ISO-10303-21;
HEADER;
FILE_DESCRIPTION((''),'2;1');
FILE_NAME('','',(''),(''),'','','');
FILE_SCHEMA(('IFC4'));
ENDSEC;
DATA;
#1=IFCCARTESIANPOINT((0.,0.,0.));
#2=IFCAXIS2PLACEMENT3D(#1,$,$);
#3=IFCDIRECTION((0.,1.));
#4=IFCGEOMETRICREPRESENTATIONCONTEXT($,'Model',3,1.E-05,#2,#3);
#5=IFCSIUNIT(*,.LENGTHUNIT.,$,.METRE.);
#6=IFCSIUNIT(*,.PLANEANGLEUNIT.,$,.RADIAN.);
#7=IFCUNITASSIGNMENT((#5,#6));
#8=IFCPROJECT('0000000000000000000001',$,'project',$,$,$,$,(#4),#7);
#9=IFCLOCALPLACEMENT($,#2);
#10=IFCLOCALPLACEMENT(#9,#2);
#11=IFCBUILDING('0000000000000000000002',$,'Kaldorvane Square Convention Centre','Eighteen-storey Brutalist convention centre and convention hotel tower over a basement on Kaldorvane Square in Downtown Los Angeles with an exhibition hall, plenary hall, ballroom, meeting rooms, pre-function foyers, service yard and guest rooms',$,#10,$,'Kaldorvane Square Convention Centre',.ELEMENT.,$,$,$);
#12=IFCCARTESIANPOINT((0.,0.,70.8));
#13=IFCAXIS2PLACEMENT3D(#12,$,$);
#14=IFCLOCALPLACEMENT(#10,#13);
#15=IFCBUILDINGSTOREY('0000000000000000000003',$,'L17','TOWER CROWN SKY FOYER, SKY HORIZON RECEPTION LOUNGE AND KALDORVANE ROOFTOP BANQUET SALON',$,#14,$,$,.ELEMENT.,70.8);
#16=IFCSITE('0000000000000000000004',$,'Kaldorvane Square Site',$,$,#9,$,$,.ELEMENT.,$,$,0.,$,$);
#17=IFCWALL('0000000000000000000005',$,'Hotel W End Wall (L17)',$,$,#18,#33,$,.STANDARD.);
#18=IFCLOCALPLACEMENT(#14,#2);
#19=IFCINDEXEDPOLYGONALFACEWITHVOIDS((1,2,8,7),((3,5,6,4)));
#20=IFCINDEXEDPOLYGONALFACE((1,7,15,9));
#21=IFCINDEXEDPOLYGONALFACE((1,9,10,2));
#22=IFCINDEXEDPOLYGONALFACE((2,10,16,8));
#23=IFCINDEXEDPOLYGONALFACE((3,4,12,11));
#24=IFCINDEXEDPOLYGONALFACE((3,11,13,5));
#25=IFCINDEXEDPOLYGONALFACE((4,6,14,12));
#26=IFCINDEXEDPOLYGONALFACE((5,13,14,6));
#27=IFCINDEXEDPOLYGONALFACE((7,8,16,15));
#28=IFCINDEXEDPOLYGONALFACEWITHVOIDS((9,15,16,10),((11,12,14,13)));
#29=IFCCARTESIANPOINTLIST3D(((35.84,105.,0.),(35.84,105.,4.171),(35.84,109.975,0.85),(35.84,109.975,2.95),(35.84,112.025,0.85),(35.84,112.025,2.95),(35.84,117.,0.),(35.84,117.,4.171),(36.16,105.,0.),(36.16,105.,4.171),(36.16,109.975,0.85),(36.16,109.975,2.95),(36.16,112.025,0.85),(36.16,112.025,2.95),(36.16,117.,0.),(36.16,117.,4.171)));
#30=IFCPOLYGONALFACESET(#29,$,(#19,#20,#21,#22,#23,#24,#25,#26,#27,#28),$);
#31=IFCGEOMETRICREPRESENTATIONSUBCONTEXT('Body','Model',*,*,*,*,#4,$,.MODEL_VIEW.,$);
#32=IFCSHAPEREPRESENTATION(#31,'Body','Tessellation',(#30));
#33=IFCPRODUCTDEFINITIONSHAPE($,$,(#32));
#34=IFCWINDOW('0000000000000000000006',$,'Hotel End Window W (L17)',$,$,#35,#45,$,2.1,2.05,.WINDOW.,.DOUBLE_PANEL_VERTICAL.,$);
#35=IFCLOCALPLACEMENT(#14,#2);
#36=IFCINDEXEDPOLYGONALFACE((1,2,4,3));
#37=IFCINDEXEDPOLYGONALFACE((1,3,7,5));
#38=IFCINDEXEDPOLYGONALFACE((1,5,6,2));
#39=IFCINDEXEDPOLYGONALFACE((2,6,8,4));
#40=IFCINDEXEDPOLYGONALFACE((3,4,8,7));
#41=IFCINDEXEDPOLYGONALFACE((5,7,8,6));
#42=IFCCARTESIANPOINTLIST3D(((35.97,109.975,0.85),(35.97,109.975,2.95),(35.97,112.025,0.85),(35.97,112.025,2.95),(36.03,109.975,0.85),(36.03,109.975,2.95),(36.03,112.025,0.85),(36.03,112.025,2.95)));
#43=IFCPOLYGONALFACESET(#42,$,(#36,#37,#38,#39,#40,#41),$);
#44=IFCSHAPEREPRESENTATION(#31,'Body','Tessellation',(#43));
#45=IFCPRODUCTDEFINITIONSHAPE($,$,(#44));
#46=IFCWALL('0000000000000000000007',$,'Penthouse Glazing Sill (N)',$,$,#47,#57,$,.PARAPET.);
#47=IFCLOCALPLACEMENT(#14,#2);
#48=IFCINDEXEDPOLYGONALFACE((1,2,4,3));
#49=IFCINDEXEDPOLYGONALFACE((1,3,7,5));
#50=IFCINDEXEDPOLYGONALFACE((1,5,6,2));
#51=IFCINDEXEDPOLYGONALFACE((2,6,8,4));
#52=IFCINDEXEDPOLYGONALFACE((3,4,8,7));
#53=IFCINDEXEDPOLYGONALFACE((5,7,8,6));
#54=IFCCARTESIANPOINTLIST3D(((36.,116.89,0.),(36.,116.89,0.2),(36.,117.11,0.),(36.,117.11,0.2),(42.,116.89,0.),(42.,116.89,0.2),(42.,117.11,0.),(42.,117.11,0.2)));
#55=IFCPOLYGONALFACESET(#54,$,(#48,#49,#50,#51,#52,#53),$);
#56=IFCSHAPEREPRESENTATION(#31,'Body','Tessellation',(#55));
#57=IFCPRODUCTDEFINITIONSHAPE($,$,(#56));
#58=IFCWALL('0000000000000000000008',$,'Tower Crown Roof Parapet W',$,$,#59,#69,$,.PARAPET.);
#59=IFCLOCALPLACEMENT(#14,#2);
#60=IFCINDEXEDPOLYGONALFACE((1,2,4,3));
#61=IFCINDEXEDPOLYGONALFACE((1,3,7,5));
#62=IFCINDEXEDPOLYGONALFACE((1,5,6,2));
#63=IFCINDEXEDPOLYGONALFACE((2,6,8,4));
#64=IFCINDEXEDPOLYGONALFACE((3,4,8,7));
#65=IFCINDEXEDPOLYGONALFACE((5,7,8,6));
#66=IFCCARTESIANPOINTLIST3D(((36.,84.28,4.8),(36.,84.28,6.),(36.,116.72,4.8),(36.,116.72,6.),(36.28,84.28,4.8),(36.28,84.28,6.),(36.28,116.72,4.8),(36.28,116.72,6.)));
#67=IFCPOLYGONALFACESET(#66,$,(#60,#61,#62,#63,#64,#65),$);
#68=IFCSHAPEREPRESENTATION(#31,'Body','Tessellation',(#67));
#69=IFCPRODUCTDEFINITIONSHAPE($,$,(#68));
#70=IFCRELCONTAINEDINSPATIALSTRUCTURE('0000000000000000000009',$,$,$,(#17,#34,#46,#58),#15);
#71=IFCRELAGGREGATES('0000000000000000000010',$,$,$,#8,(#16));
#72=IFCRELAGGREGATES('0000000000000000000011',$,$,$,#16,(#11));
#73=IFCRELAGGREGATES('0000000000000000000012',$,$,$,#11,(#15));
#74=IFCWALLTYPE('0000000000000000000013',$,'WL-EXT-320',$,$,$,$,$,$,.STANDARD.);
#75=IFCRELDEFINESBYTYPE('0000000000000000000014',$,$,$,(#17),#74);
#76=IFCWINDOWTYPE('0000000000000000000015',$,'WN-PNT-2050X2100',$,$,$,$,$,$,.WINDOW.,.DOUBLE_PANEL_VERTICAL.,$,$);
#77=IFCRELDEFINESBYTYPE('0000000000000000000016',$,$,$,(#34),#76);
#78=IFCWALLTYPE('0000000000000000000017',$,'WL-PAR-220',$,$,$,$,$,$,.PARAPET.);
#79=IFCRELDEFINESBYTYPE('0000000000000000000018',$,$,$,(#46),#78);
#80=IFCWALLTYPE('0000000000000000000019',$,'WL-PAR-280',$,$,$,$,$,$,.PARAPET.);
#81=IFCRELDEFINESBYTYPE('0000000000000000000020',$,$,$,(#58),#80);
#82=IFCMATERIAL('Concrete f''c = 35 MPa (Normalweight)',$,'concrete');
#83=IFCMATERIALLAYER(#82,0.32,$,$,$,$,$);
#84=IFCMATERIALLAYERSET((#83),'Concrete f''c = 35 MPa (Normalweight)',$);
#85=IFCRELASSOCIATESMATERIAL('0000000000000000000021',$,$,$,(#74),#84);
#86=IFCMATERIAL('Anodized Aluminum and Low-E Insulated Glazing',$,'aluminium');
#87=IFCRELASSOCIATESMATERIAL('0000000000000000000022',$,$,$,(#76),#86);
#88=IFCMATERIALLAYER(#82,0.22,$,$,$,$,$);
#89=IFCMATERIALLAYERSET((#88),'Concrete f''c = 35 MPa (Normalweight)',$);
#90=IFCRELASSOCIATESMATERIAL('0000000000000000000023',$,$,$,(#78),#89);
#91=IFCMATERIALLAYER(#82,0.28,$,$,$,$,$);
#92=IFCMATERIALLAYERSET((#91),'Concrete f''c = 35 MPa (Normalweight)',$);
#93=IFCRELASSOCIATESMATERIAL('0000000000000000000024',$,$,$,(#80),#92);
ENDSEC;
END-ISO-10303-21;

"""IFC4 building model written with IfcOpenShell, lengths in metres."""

from ifc_helpers import new_model, si_unit, direction, frame, frame_2d, origin, place, context, subcontext, project, spatial, rectangle, extrude, material, layer, layer_set, type_object, element, fill, save


model = new_model("IFC4")

# Units and contexts
model_context = context("Model", 3, precision=1e-05, world=origin(), true_north=direction((0.0, 1.0)))
body_context = subcontext(model_context, "Body", "Model", "MODEL_VIEW")
ifc_project = project(units=[si_unit("LENGTHUNIT", "METRE"), si_unit("PLANEANGLEUNIT", "RADIAN")], contexts=[model_context])

# Site, building, storey
site_placement = place(None, origin())
site = spatial("IfcSite", under=ifc_project, at=site_placement, Name="Kaldorvane Square Site", CompositionType="ELEMENT", RefElevation=0.0)
building_placement = place(site_placement, origin())
building = spatial("IfcBuilding", under=site, at=building_placement, Name="Kaldorvane Square Convention Centre", Description="Eighteen-storey Brutalist convention centre and convention hotel tower over a basement on Kaldorvane Square in Downtown Los Angeles with an exhibition hall, plenary hall, ballroom, meeting rooms, pre-function foyers, service yard and guest rooms", LongName="Kaldorvane Square Convention Centre", CompositionType="ELEMENT")
storey_placement = place(building_placement, frame((0.0, 0.0, 70.8)))
storey = spatial("IfcBuildingStorey", under=building, at=storey_placement, Name="L17", Description="TOWER CROWN SKY FOYER, SKY HORIZON RECEPTION LOUNGE AND KALDORVANE ROOFTOP BANQUET SALON", CompositionType="ELEMENT", Elevation=70.8)

# Shared definitions
ifc_material_1 = material(Name="Anodized Aluminum and Low-E Insulated Glazing", Category="aluminium")

# Shared definitions
ifc_material_2 = material(Name="Concrete f'c = 35 MPa (Normalweight)", Category="concrete")
ifc_layer_1 = layer(ifc_material_2, 0.32)
ifc_layer_set_1 = layer_set([ifc_layer_1], Name="Concrete f'c = 35 MPa (Normalweight)")
wall_type_1 = type_object("IfcWallType", Name="WL-EXT-320", PredefinedType="STANDARD", material=ifc_layer_set_1)

# Wall, opening, window
wall_1_placement = place(storey_placement, frame((36.0, 117.0, 0.0), z_axis=(0.0, 0.0, 1.0), x_axis=(0.0, -1.0, 0.0)))
wall_1 = element("IfcWall", 1, at=wall_1_placement, inside=storey, type_object=wall_type_1, Name="Hotel W End Wall (L17)", PredefinedType="STANDARD", context=body_context, shape_type="SweptSolid", body=[
    extrude(rectangle(XDim=12.0, YDim=0.32, at=frame_2d((6.0, 0.0))), origin(), (0.0, 0.0, 1.0), 4.171),
])
opening_1_placement = place(wall_1_placement, frame((4.975, 0.0, 0.85)))
opening_1 = element("IfcOpeningElement", 2, at=opening_1_placement, cuts=wall_1, PredefinedType="OPENING", context=body_context, shape_type="SweptSolid", body=[
    extrude(rectangle(XDim=2.05, YDim=2.1, at=frame_2d((1.025, 1.05))), frame((0.0, 0.175, 0.0), z_axis=(0.0, -1.0, 0.0), x_axis=(1.0, 0.0, 0.0)), (0.0, 0.0, 1.0), 0.35),
])
window_type_1 = type_object("IfcWindowType", Name="WN-PNT-2050X2100", PartitioningType="DOUBLE_PANEL_VERTICAL", PredefinedType="WINDOW", material=ifc_material_1)
window_1_placement = place(opening_1_placement, origin())
window_1 = element("IfcWindow", 3, at=window_1_placement, inside=storey, type_object=window_type_1, Name="Hotel End Window W (L17)", OverallHeight=2.1, OverallWidth=2.05, PartitioningType="DOUBLE_PANEL_VERTICAL", PredefinedType="WINDOW", context=body_context, shape_type="SweptSolid", body=[
    extrude(rectangle(XDim=2.05, YDim=2.1, at=frame_2d((1.025, 1.05))), frame((0.0, 0.03, 0.0), z_axis=(0.0, -1.0, 0.0), x_axis=(1.0, 0.0, 0.0)), (0.0, 0.0, 1.0), 0.06),
])
fill(opening_1, window_1)

# Walls
ifc_layer_2 = layer(ifc_material_2, 0.22)
ifc_layer_set_2 = layer_set([ifc_layer_2], Name="Concrete f'c = 35 MPa (Normalweight)")
wall_type_2 = type_object("IfcWallType", Name="WL-PAR-220", PredefinedType="PARAPET", material=ifc_layer_set_2)
wall_2_placement = place(storey_placement, frame((42.0, 117.0, 0.0), z_axis=(0.0, 0.0, 1.0), x_axis=(-1.0, 0.0, 0.0)))
element("IfcWall", 4, at=wall_2_placement, inside=storey, type_object=wall_type_2, Name="Penthouse Glazing Sill (N)", PredefinedType="PARAPET", context=body_context, shape_type="SweptSolid", body=[
    extrude(rectangle(XDim=6.0, YDim=0.22, at=frame_2d((3.0, 0.0))), origin(), (0.0, 0.0, 1.0), 0.2),
])
ifc_layer_3 = layer(ifc_material_2, 0.28)
ifc_layer_set_3 = layer_set([ifc_layer_3], Name="Concrete f'c = 35 MPa (Normalweight)")
wall_type_3 = type_object("IfcWallType", Name="WL-PAR-280", PredefinedType="PARAPET", material=ifc_layer_set_3)
wall_3_placement = place(storey_placement, frame((36.14, 116.72, 4.8), z_axis=(0.0, 0.0, 1.0), x_axis=(0.0, -1.0, 0.0)))
element("IfcWall", 5, at=wall_3_placement, inside=storey, type_object=wall_type_3, Name="Tower Crown Roof Parapet W", PredefinedType="PARAPET", context=body_context, shape_type="SweptSolid", body=[
    extrude(rectangle(XDim=32.44, YDim=0.28, at=frame_2d((16.22, 0.0))), origin(), (0.0, 0.0, 1.0), 1.2),
])

save(model, "model.ifc")
